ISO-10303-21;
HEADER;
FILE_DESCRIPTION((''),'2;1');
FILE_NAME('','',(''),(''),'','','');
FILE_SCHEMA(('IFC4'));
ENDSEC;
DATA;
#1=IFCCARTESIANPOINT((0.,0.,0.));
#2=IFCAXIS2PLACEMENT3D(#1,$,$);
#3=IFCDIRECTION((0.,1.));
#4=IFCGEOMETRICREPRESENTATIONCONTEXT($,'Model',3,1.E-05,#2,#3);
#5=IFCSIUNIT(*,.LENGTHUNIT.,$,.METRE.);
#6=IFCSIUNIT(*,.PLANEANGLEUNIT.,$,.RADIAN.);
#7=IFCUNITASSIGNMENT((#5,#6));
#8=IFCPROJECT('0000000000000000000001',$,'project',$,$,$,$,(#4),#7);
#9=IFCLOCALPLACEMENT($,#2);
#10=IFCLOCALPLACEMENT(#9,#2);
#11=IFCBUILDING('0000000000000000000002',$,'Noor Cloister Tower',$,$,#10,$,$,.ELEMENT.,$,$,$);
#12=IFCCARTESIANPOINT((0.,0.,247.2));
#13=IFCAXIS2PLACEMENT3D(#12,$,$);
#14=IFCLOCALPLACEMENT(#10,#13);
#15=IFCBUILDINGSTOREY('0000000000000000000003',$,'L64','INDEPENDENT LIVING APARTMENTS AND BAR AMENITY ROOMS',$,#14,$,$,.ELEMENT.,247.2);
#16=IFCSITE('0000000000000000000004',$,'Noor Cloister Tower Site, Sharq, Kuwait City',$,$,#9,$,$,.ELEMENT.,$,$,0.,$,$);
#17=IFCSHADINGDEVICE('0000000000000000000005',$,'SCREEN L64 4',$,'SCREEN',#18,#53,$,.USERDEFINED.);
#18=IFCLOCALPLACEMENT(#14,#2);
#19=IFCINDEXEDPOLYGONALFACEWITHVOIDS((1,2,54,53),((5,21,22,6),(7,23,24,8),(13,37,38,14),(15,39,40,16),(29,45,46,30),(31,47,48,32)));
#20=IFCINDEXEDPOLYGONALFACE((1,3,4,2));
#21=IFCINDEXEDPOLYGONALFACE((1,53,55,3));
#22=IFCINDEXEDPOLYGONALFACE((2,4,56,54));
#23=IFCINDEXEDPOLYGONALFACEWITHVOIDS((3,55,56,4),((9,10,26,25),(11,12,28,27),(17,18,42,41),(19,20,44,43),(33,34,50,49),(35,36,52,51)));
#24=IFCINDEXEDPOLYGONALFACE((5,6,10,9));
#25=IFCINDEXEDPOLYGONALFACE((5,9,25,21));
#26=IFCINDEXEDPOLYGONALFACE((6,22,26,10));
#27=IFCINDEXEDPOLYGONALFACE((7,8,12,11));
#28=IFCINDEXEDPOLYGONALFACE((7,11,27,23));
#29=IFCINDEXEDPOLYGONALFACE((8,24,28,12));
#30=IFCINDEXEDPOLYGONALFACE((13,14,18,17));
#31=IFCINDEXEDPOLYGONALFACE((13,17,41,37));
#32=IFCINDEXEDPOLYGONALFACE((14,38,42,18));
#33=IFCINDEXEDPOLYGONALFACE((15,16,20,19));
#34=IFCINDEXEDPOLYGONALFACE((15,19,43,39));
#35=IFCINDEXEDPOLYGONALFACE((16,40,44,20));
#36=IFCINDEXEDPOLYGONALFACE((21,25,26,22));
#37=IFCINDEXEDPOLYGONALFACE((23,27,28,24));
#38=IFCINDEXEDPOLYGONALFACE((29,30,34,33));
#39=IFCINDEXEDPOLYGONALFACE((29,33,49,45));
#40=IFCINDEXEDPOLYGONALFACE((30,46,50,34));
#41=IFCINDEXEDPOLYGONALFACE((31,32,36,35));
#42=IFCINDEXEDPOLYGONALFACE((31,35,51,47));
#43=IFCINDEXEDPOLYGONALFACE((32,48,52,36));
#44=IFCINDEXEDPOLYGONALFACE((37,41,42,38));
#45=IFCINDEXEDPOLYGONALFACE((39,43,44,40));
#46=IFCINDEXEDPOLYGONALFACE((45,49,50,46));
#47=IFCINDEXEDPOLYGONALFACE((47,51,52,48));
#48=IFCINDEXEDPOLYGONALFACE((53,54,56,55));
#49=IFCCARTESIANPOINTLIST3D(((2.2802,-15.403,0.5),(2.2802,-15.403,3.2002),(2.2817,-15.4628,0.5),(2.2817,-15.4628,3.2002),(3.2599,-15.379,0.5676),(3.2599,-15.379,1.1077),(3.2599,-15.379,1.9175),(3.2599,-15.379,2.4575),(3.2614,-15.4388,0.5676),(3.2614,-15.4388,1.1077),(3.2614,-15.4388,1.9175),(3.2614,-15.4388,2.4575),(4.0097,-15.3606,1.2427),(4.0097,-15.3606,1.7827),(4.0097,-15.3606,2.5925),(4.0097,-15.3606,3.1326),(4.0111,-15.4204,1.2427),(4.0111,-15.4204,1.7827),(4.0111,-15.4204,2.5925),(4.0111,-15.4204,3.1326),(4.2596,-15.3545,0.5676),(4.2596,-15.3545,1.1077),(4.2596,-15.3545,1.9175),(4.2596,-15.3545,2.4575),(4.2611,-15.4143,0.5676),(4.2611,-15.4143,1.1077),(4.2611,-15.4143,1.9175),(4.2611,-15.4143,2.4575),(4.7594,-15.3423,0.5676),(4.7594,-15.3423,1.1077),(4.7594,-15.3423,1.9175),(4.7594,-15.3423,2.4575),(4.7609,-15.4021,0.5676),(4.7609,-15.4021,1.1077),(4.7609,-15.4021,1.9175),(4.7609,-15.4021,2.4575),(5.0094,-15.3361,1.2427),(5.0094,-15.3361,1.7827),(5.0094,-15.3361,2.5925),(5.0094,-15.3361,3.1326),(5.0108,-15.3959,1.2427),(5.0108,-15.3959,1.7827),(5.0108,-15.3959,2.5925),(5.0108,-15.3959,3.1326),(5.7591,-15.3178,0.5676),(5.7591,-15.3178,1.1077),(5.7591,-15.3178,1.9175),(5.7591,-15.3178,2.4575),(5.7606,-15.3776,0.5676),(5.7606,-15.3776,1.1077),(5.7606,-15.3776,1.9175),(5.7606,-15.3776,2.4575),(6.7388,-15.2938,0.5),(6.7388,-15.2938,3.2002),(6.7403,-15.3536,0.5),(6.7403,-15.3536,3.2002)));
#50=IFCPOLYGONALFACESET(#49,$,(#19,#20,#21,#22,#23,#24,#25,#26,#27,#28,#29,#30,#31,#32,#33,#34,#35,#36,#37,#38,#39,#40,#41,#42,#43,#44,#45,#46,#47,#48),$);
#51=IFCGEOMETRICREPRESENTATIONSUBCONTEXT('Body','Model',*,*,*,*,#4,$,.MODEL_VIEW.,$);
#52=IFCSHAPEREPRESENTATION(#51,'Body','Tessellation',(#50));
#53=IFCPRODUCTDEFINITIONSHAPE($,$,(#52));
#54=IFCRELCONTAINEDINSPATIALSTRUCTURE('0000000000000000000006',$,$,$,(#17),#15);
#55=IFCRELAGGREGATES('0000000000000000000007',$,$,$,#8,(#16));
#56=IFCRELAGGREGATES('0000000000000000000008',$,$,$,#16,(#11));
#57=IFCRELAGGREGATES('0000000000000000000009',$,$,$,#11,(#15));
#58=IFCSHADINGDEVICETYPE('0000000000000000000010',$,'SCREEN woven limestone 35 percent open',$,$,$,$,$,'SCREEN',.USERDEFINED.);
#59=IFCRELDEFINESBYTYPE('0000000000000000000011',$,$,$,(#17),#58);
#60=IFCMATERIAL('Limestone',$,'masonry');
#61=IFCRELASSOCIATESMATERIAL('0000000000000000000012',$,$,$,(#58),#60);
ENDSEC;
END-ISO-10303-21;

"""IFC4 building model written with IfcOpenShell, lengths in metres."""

from ifc_helpers import new_model, si_unit, direction, frame, origin, place, context, subcontext, project, spatial, polyline, outline, extrude, material, material_profile, profile_set, type_object, element, save


model = new_model("IFC4")

# Units and contexts
model_context = context("Model", 3, precision=1e-05, world=origin(), true_north=direction((0.0, 1.0)))
body_context = subcontext(model_context, "Body", "Model", "MODEL_VIEW")
ifc_project = project(units=[si_unit("LENGTHUNIT", "METRE"), si_unit("PLANEANGLEUNIT", "RADIAN")], contexts=[model_context])

# Site, building, storey
site_placement = place(None, origin())
site = spatial("IfcSite", under=ifc_project, at=site_placement, Name="Noor Cloister Tower Site, Sharq, Kuwait City", CompositionType="ELEMENT", RefElevation=0.0)
building_placement = place(site_placement, origin())
building = spatial("IfcBuilding", under=site, at=building_placement, Name="Noor Cloister Tower", CompositionType="ELEMENT")
storey_placement = place(building_placement, frame((0.0, 0.0, 247.2)))
storey = spatial("IfcBuildingStorey", under=building, at=storey_placement, Name="L64", Description="INDEPENDENT LIVING APARTMENTS AND BAR AMENITY ROOMS", CompositionType="ELEMENT", Elevation=247.2)

# Shading device
ifc_material_1 = material(Name="Limestone", Category="masonry")
ifc_material_profile_1 = material_profile(ifc_material_1, outline(polyline([(-2.23, -1.3501), (2.23, -1.3501), (2.23, 1.3501), (-2.23, 1.3501), (-2.23, -1.3501)]), holes=[polyline([(-1.25, -1.2825), (-0.25, -1.2825), (-0.25, -0.7424), (-1.25, -0.7424), (-1.25, -1.2825)]), polyline([(0.25, -1.2825), (1.25, -1.2825), (1.25, -0.7424), (0.25, -0.7424), (0.25, -1.2825)]), polyline([(-0.5, -0.6074), (0.5, -0.6074), (0.5, -0.0674), (-0.5, -0.0674), (-0.5, -0.6074)]), polyline([(-1.25, 0.0674), (-0.25, 0.0674), (-0.25, 0.6074), (-1.25, 0.6074), (-1.25, 0.0674)]), polyline([(0.25, 0.0674), (1.25, 0.0674), (1.25, 0.6074), (0.25, 0.6074), (0.25, 0.0674)]), polyline([(-0.5, 0.7424), (0.5, 0.7424), (0.5, 1.2825), (-0.5, 1.2825), (-0.5, 0.7424)])]), Name="Woven screen 35 percent open")
ifc_profile_set_1 = profile_set([ifc_material_profile_1], Name="Limestone")
shading_device_type = type_object("IfcShadingDeviceType", Name="SCREEN woven limestone 35 percent open", ElementType="SCREEN", PredefinedType="USERDEFINED", material=ifc_profile_set_1)
shading_device_placement = place(storey_placement, frame((4.5095, -15.3484, 1.8501), z_axis=(0.024482, -0.9997, 0.0), x_axis=(0.9997, 0.024482, 0.0)))
element("IfcShadingDevice", 1, at=shading_device_placement, inside=storey, type_object=shading_device_type, Name="SCREEN L64 4", ObjectType="SCREEN", PredefinedType="USERDEFINED", context=body_context, shape_type="SweptSolid", body=[
    extrude(outline(polyline([(-2.23, -1.3501), (2.23, -1.3501), (2.23, 1.3501), (-2.23, 1.3501), (-2.23, -1.3501)]), holes=[polyline([(-1.25, -1.2825), (-0.25, -1.2825), (-0.25, -0.7424), (-1.25, -0.7424), (-1.25, -1.2825)]), polyline([(0.25, -1.2825), (1.25, -1.2825), (1.25, -0.7424), (0.25, -0.7424), (0.25, -1.2825)]), polyline([(-0.5, -0.6074), (0.5, -0.6074), (0.5, -0.0674), (-0.5, -0.0674), (-0.5, -0.6074)]), polyline([(-1.25, 0.0674), (-0.25, 0.0674), (-0.25, 0.6074), (-1.25, 0.6074), (-1.25, 0.0674)]), polyline([(0.25, 0.0674), (1.25, 0.0674), (1.25, 0.6074), (0.25, 0.6074), (0.25, 0.0674)]), polyline([(-0.5, 0.7424), (0.5, 0.7424), (0.5, 1.2825), (-0.5, 1.2825), (-0.5, 0.7424)])]), origin(), (0.0, 0.0, 1.0), 0.0598),
])

save(model, "model.ifc")
